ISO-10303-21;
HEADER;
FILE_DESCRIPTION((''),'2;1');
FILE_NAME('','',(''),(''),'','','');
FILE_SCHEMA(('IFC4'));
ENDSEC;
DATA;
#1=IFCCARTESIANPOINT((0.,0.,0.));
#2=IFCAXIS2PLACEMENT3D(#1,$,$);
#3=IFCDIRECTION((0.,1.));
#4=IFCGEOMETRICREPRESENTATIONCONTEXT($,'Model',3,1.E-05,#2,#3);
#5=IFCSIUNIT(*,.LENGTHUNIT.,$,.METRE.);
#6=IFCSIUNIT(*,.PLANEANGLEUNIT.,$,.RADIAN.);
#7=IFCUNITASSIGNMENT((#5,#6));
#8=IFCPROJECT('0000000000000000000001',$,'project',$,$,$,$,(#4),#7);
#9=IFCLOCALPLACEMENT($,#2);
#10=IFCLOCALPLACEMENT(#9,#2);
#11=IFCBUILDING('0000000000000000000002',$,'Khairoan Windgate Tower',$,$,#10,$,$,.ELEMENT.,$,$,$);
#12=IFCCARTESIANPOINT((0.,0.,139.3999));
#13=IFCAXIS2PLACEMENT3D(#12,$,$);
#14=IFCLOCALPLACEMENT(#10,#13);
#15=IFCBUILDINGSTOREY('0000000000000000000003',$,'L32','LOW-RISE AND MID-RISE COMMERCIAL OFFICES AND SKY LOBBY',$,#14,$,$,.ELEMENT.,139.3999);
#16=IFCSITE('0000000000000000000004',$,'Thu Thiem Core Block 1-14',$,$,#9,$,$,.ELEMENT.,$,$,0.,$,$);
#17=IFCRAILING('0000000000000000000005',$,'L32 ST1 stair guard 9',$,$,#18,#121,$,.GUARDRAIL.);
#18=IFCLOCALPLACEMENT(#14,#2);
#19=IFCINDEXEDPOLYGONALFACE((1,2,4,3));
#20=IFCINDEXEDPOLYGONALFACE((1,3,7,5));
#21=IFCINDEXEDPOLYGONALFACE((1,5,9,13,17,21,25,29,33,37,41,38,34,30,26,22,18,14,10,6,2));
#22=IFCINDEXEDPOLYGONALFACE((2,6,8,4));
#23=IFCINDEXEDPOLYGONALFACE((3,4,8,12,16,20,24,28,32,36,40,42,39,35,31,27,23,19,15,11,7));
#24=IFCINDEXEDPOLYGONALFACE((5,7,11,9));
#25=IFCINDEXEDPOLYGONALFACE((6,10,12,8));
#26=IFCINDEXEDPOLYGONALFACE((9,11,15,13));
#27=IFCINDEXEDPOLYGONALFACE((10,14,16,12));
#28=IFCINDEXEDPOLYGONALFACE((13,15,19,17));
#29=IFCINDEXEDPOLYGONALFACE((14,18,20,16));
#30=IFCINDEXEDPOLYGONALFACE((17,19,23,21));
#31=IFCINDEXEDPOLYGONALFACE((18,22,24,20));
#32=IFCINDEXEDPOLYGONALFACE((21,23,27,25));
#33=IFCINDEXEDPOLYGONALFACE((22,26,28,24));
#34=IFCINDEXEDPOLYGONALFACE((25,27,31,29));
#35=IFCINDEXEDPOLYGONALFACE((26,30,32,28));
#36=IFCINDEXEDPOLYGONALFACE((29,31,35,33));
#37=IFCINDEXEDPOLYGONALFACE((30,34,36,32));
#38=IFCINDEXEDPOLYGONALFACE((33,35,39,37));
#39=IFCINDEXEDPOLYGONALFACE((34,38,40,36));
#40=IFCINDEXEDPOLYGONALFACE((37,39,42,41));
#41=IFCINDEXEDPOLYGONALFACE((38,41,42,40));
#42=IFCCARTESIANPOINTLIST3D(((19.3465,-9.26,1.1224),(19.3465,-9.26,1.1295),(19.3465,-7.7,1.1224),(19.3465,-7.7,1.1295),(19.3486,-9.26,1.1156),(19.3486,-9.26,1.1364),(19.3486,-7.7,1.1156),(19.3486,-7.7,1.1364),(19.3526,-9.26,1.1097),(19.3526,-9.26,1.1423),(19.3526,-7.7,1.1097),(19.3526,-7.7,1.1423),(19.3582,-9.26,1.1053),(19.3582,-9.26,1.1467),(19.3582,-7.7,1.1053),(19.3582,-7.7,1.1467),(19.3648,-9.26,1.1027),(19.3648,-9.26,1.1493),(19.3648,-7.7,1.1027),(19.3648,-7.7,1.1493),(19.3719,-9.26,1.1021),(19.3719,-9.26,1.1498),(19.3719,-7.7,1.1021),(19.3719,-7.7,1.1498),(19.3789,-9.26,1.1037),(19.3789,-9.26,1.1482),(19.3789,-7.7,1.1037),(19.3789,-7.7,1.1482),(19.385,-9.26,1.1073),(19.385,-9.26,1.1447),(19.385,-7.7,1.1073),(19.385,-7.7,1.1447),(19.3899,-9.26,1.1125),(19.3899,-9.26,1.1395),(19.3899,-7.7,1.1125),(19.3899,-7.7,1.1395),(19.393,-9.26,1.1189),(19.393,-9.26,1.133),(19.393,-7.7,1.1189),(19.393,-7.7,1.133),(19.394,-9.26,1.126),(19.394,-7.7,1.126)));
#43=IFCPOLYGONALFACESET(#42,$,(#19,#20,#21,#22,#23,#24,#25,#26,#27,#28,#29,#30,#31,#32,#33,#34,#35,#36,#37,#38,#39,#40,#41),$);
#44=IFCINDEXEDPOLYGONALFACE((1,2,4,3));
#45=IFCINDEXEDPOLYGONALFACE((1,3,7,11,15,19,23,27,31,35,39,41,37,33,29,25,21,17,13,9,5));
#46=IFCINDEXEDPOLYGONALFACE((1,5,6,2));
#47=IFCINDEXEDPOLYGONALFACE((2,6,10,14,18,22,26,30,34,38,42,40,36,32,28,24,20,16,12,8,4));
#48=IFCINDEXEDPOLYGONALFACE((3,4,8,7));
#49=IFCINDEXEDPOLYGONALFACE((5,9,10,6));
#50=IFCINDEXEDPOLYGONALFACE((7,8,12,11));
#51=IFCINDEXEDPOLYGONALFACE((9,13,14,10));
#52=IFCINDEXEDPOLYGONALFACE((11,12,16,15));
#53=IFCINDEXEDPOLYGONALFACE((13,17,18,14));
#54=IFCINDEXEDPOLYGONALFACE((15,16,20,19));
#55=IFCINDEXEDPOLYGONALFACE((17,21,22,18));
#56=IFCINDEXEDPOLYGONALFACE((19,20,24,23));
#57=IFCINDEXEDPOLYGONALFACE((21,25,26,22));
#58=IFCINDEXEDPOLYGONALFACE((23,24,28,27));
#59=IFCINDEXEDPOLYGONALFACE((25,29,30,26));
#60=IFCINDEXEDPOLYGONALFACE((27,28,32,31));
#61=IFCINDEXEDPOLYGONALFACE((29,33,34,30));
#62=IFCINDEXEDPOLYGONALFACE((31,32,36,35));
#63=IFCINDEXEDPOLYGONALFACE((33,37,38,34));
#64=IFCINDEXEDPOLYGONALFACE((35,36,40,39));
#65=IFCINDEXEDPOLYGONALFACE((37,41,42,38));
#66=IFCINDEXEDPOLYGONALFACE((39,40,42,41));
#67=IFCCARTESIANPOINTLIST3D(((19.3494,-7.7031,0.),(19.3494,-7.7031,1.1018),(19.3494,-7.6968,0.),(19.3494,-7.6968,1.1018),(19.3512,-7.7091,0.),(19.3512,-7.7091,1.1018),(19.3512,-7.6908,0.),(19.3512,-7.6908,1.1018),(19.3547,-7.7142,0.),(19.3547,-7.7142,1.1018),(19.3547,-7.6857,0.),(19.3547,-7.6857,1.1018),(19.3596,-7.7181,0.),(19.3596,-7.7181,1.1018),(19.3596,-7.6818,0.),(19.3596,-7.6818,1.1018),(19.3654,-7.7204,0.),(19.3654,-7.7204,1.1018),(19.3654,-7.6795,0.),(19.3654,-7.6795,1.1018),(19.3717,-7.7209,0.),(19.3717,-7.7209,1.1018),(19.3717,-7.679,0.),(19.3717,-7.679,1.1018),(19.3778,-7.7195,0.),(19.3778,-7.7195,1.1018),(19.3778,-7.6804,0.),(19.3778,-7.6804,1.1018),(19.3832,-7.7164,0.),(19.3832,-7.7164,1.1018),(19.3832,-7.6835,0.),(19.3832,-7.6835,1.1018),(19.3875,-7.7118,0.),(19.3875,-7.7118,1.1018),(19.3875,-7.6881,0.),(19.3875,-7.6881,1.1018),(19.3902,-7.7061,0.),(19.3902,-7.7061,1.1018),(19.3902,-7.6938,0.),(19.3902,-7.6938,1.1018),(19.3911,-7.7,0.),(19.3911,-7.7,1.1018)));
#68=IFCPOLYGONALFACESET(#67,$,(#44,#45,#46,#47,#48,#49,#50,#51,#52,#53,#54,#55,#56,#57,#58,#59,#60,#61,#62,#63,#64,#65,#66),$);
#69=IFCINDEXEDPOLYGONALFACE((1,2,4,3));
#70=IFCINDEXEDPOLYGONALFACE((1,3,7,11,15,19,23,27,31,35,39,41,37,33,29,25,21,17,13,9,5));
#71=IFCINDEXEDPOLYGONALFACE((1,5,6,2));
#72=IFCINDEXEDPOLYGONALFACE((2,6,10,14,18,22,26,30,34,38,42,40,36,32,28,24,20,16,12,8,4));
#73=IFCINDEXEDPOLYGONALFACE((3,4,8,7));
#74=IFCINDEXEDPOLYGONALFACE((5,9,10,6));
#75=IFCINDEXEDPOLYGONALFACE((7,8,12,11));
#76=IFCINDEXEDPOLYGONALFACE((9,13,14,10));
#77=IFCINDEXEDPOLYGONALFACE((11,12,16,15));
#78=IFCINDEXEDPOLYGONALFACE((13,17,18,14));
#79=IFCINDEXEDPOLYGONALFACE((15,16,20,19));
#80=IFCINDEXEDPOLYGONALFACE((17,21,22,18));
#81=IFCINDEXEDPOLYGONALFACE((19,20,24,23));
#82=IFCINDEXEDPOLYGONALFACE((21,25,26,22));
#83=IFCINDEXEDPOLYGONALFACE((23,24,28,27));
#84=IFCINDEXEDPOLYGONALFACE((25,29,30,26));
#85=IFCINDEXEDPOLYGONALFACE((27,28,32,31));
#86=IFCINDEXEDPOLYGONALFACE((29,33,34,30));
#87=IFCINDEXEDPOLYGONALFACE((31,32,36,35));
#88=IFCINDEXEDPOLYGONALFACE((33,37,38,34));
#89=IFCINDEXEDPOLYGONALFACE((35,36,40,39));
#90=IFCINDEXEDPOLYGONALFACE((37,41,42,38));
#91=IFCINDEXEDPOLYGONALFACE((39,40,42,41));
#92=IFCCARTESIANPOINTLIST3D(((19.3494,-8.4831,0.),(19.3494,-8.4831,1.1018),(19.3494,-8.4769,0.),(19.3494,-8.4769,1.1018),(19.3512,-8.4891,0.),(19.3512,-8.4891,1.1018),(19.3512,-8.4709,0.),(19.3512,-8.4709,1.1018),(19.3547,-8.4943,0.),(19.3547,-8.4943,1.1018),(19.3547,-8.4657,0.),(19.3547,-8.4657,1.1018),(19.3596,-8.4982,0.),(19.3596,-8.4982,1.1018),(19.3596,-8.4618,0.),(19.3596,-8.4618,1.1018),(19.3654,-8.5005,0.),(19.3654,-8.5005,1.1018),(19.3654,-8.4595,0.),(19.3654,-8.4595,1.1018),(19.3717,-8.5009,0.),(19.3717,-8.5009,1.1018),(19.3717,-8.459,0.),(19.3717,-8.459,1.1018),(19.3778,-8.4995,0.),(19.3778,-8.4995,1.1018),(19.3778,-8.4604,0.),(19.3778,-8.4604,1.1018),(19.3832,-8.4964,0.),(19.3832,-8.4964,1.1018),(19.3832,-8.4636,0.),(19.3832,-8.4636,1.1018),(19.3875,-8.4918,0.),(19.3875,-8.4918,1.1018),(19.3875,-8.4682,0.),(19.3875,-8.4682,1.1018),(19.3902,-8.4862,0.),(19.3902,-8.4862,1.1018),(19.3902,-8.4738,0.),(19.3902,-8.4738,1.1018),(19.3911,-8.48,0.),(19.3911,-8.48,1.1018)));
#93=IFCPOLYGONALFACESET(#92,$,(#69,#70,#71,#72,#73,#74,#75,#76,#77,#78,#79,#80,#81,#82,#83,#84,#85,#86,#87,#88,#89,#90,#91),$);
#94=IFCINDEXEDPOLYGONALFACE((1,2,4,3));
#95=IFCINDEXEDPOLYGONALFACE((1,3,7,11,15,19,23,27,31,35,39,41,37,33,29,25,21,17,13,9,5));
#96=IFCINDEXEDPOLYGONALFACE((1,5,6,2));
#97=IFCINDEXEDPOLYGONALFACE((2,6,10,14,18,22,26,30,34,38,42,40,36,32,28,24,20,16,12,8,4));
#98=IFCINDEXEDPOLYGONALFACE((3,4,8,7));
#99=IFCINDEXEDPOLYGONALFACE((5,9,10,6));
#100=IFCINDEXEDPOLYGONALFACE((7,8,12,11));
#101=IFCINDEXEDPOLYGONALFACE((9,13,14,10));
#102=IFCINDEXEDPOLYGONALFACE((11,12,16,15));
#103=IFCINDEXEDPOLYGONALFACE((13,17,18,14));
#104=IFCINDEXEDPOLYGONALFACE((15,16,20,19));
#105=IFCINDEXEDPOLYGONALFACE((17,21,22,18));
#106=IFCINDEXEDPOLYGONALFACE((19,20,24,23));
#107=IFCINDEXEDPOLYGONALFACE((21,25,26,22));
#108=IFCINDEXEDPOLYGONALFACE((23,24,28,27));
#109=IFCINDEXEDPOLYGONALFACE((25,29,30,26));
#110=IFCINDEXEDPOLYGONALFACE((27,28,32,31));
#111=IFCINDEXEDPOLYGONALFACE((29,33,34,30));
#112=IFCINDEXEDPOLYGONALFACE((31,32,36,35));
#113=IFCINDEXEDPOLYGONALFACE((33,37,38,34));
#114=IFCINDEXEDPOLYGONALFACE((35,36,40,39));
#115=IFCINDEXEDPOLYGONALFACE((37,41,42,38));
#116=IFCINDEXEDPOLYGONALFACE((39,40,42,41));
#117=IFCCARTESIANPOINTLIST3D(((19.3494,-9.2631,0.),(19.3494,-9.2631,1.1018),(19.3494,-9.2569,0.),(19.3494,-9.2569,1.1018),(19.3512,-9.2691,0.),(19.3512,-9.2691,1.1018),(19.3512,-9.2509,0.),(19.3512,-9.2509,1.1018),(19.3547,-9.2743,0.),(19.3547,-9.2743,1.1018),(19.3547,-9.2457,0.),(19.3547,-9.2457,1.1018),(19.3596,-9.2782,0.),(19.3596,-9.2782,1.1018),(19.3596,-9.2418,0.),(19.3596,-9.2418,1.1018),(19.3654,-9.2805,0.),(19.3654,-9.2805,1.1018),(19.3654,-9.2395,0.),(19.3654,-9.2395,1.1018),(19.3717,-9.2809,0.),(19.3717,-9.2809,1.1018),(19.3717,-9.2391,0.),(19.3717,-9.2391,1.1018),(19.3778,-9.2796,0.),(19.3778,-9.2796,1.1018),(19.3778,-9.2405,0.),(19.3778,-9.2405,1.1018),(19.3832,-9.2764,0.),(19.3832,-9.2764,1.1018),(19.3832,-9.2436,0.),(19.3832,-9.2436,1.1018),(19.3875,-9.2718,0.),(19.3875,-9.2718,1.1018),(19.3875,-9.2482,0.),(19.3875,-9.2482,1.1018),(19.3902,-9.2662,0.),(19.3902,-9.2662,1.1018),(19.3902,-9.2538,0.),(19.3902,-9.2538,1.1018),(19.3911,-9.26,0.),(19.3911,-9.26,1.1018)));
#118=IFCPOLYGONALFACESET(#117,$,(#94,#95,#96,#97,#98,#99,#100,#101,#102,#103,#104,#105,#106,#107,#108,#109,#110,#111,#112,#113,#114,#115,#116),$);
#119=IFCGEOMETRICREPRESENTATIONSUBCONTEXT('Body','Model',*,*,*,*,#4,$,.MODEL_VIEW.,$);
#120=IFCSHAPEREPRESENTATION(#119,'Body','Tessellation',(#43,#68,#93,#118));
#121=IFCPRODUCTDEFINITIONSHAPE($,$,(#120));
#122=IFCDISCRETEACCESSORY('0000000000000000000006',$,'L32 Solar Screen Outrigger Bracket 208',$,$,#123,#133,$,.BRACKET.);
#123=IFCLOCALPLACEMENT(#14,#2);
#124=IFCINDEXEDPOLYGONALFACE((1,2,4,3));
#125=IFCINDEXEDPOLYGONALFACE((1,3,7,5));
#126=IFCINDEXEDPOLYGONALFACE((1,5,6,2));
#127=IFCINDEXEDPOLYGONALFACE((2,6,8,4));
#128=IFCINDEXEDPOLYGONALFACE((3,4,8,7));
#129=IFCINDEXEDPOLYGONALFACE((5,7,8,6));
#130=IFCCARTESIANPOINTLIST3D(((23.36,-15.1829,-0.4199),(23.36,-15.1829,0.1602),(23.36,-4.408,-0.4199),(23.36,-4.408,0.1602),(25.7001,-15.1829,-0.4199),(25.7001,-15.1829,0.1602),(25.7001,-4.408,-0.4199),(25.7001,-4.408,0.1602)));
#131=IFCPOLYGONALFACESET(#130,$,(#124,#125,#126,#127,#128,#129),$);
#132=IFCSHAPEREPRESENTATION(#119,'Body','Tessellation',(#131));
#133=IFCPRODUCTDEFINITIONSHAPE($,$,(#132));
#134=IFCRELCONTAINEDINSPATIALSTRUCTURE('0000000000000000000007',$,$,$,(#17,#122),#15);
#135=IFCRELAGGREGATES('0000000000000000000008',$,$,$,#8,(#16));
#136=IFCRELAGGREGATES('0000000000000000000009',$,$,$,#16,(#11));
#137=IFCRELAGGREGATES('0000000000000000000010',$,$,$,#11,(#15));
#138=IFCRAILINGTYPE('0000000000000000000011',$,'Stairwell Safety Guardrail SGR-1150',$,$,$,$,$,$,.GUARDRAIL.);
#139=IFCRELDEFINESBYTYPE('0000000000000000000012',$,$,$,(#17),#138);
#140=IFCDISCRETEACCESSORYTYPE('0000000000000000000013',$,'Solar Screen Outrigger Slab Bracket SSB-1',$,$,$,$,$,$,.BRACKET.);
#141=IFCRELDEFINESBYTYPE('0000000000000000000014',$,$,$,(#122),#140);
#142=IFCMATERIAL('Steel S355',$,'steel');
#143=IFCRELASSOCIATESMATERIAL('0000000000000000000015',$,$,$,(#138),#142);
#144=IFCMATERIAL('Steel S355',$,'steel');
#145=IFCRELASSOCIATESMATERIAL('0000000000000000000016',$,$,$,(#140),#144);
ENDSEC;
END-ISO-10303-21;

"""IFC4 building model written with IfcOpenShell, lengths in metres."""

from ifc_helpers import new_model, si_unit, direction, frame, origin, origin_2d, place, context, subcontext, project, spatial, rectangle, circle, extrude, material, type_object, element, save


model = new_model("IFC4")

# Units and contexts
model_context = context("Model", 3, precision=1e-05, world=origin(), true_north=direction((0.0, 1.0)))
body_context = subcontext(model_context, "Body", "Model", "MODEL_VIEW")
ifc_project = project(units=[si_unit("LENGTHUNIT", "METRE"), si_unit("PLANEANGLEUNIT", "RADIAN")], contexts=[model_context])

# Site, building, storey
site_placement = place(None, origin())
site = spatial("IfcSite", under=ifc_project, at=site_placement, Name="Thu Thiem Core Block 1-14", CompositionType="ELEMENT", RefElevation=0.0)
building_placement = place(site_placement, origin())
building = spatial("IfcBuilding", under=site, at=building_placement, Name="Khairoan Windgate Tower", CompositionType="ELEMENT")
storey_placement = place(building_placement, frame((0.0, 0.0, 139.3999)))
storey = spatial("IfcBuildingStorey", under=building, at=storey_placement, Name="L32", Description="LOW-RISE AND MID-RISE COMMERCIAL OFFICES AND SKY LOBBY", CompositionType="ELEMENT", Elevation=139.3999)

# Railing
ifc_material_1 = material(Name="Steel S355", Category="steel")
railing_type_1 = type_object("IfcRailingType", Name="Stairwell Safety Guardrail SGR-1150", PredefinedType="GUARDRAIL", material=ifc_material_1)
for number, where, name in (
    (1, (19.3701, -7.7, 0.0), "L32 ST1 stair guard 9"),
):
    element("IfcRailing", number, at=place(storey_placement, frame(where)), inside=storey, type_object=railing_type_1, Name=name, PredefinedType="GUARDRAIL", context=body_context, shape_type="SweptSolid", body=[
        extrude(circle(Radius=0.0239, at=origin_2d()), frame((0.0, 0.0, 1.126), z_axis=(0.0, -1.0, 0.0), x_axis=(1.0, 0.0, 0.0)), (0.0, 0.0, 1.0), 1.5601),
        extrude(circle(Radius=0.021, at=origin_2d()), origin(), (0.0, 0.0, 1.0), 1.1018),
        extrude(circle(Radius=0.021, at=origin_2d()), frame((0.0, -0.78, 0.0)), (0.0, 0.0, 1.0), 1.1018),
        extrude(circle(Radius=0.021, at=origin_2d()), frame((0.0, -1.5601, 0.0)), (0.0, 0.0, 1.0), 1.1018),
    ])

# Discrete accessory
ifc_material_2 = material(Name="Steel S355", Category="steel")
discrete_accessory_type = type_object("IfcDiscreteAccessoryType", Name="Solar Screen Outrigger Slab Bracket SSB-1", PredefinedType="BRACKET", material=ifc_material_2)
discrete_accessory_placement = place(storey_placement, frame((24.53, -9.7954, -0.4199), z_axis=(0.0, 0.0, 1.0), x_axis=(0.0, -1.0, 0.0)))
element("IfcDiscreteAccessory", 2, at=discrete_accessory_placement, inside=storey, type_object=discrete_accessory_type, Name="L32 Solar Screen Outrigger Bracket 208", PredefinedType="BRACKET", context=body_context, shape_type="SweptSolid", body=[
    extrude(rectangle(XDim=10.7749, YDim=2.3401, at=origin_2d()), origin(), (0.0, 0.0, 1.0), 0.5801),
])

save(model, "model.ifc")
